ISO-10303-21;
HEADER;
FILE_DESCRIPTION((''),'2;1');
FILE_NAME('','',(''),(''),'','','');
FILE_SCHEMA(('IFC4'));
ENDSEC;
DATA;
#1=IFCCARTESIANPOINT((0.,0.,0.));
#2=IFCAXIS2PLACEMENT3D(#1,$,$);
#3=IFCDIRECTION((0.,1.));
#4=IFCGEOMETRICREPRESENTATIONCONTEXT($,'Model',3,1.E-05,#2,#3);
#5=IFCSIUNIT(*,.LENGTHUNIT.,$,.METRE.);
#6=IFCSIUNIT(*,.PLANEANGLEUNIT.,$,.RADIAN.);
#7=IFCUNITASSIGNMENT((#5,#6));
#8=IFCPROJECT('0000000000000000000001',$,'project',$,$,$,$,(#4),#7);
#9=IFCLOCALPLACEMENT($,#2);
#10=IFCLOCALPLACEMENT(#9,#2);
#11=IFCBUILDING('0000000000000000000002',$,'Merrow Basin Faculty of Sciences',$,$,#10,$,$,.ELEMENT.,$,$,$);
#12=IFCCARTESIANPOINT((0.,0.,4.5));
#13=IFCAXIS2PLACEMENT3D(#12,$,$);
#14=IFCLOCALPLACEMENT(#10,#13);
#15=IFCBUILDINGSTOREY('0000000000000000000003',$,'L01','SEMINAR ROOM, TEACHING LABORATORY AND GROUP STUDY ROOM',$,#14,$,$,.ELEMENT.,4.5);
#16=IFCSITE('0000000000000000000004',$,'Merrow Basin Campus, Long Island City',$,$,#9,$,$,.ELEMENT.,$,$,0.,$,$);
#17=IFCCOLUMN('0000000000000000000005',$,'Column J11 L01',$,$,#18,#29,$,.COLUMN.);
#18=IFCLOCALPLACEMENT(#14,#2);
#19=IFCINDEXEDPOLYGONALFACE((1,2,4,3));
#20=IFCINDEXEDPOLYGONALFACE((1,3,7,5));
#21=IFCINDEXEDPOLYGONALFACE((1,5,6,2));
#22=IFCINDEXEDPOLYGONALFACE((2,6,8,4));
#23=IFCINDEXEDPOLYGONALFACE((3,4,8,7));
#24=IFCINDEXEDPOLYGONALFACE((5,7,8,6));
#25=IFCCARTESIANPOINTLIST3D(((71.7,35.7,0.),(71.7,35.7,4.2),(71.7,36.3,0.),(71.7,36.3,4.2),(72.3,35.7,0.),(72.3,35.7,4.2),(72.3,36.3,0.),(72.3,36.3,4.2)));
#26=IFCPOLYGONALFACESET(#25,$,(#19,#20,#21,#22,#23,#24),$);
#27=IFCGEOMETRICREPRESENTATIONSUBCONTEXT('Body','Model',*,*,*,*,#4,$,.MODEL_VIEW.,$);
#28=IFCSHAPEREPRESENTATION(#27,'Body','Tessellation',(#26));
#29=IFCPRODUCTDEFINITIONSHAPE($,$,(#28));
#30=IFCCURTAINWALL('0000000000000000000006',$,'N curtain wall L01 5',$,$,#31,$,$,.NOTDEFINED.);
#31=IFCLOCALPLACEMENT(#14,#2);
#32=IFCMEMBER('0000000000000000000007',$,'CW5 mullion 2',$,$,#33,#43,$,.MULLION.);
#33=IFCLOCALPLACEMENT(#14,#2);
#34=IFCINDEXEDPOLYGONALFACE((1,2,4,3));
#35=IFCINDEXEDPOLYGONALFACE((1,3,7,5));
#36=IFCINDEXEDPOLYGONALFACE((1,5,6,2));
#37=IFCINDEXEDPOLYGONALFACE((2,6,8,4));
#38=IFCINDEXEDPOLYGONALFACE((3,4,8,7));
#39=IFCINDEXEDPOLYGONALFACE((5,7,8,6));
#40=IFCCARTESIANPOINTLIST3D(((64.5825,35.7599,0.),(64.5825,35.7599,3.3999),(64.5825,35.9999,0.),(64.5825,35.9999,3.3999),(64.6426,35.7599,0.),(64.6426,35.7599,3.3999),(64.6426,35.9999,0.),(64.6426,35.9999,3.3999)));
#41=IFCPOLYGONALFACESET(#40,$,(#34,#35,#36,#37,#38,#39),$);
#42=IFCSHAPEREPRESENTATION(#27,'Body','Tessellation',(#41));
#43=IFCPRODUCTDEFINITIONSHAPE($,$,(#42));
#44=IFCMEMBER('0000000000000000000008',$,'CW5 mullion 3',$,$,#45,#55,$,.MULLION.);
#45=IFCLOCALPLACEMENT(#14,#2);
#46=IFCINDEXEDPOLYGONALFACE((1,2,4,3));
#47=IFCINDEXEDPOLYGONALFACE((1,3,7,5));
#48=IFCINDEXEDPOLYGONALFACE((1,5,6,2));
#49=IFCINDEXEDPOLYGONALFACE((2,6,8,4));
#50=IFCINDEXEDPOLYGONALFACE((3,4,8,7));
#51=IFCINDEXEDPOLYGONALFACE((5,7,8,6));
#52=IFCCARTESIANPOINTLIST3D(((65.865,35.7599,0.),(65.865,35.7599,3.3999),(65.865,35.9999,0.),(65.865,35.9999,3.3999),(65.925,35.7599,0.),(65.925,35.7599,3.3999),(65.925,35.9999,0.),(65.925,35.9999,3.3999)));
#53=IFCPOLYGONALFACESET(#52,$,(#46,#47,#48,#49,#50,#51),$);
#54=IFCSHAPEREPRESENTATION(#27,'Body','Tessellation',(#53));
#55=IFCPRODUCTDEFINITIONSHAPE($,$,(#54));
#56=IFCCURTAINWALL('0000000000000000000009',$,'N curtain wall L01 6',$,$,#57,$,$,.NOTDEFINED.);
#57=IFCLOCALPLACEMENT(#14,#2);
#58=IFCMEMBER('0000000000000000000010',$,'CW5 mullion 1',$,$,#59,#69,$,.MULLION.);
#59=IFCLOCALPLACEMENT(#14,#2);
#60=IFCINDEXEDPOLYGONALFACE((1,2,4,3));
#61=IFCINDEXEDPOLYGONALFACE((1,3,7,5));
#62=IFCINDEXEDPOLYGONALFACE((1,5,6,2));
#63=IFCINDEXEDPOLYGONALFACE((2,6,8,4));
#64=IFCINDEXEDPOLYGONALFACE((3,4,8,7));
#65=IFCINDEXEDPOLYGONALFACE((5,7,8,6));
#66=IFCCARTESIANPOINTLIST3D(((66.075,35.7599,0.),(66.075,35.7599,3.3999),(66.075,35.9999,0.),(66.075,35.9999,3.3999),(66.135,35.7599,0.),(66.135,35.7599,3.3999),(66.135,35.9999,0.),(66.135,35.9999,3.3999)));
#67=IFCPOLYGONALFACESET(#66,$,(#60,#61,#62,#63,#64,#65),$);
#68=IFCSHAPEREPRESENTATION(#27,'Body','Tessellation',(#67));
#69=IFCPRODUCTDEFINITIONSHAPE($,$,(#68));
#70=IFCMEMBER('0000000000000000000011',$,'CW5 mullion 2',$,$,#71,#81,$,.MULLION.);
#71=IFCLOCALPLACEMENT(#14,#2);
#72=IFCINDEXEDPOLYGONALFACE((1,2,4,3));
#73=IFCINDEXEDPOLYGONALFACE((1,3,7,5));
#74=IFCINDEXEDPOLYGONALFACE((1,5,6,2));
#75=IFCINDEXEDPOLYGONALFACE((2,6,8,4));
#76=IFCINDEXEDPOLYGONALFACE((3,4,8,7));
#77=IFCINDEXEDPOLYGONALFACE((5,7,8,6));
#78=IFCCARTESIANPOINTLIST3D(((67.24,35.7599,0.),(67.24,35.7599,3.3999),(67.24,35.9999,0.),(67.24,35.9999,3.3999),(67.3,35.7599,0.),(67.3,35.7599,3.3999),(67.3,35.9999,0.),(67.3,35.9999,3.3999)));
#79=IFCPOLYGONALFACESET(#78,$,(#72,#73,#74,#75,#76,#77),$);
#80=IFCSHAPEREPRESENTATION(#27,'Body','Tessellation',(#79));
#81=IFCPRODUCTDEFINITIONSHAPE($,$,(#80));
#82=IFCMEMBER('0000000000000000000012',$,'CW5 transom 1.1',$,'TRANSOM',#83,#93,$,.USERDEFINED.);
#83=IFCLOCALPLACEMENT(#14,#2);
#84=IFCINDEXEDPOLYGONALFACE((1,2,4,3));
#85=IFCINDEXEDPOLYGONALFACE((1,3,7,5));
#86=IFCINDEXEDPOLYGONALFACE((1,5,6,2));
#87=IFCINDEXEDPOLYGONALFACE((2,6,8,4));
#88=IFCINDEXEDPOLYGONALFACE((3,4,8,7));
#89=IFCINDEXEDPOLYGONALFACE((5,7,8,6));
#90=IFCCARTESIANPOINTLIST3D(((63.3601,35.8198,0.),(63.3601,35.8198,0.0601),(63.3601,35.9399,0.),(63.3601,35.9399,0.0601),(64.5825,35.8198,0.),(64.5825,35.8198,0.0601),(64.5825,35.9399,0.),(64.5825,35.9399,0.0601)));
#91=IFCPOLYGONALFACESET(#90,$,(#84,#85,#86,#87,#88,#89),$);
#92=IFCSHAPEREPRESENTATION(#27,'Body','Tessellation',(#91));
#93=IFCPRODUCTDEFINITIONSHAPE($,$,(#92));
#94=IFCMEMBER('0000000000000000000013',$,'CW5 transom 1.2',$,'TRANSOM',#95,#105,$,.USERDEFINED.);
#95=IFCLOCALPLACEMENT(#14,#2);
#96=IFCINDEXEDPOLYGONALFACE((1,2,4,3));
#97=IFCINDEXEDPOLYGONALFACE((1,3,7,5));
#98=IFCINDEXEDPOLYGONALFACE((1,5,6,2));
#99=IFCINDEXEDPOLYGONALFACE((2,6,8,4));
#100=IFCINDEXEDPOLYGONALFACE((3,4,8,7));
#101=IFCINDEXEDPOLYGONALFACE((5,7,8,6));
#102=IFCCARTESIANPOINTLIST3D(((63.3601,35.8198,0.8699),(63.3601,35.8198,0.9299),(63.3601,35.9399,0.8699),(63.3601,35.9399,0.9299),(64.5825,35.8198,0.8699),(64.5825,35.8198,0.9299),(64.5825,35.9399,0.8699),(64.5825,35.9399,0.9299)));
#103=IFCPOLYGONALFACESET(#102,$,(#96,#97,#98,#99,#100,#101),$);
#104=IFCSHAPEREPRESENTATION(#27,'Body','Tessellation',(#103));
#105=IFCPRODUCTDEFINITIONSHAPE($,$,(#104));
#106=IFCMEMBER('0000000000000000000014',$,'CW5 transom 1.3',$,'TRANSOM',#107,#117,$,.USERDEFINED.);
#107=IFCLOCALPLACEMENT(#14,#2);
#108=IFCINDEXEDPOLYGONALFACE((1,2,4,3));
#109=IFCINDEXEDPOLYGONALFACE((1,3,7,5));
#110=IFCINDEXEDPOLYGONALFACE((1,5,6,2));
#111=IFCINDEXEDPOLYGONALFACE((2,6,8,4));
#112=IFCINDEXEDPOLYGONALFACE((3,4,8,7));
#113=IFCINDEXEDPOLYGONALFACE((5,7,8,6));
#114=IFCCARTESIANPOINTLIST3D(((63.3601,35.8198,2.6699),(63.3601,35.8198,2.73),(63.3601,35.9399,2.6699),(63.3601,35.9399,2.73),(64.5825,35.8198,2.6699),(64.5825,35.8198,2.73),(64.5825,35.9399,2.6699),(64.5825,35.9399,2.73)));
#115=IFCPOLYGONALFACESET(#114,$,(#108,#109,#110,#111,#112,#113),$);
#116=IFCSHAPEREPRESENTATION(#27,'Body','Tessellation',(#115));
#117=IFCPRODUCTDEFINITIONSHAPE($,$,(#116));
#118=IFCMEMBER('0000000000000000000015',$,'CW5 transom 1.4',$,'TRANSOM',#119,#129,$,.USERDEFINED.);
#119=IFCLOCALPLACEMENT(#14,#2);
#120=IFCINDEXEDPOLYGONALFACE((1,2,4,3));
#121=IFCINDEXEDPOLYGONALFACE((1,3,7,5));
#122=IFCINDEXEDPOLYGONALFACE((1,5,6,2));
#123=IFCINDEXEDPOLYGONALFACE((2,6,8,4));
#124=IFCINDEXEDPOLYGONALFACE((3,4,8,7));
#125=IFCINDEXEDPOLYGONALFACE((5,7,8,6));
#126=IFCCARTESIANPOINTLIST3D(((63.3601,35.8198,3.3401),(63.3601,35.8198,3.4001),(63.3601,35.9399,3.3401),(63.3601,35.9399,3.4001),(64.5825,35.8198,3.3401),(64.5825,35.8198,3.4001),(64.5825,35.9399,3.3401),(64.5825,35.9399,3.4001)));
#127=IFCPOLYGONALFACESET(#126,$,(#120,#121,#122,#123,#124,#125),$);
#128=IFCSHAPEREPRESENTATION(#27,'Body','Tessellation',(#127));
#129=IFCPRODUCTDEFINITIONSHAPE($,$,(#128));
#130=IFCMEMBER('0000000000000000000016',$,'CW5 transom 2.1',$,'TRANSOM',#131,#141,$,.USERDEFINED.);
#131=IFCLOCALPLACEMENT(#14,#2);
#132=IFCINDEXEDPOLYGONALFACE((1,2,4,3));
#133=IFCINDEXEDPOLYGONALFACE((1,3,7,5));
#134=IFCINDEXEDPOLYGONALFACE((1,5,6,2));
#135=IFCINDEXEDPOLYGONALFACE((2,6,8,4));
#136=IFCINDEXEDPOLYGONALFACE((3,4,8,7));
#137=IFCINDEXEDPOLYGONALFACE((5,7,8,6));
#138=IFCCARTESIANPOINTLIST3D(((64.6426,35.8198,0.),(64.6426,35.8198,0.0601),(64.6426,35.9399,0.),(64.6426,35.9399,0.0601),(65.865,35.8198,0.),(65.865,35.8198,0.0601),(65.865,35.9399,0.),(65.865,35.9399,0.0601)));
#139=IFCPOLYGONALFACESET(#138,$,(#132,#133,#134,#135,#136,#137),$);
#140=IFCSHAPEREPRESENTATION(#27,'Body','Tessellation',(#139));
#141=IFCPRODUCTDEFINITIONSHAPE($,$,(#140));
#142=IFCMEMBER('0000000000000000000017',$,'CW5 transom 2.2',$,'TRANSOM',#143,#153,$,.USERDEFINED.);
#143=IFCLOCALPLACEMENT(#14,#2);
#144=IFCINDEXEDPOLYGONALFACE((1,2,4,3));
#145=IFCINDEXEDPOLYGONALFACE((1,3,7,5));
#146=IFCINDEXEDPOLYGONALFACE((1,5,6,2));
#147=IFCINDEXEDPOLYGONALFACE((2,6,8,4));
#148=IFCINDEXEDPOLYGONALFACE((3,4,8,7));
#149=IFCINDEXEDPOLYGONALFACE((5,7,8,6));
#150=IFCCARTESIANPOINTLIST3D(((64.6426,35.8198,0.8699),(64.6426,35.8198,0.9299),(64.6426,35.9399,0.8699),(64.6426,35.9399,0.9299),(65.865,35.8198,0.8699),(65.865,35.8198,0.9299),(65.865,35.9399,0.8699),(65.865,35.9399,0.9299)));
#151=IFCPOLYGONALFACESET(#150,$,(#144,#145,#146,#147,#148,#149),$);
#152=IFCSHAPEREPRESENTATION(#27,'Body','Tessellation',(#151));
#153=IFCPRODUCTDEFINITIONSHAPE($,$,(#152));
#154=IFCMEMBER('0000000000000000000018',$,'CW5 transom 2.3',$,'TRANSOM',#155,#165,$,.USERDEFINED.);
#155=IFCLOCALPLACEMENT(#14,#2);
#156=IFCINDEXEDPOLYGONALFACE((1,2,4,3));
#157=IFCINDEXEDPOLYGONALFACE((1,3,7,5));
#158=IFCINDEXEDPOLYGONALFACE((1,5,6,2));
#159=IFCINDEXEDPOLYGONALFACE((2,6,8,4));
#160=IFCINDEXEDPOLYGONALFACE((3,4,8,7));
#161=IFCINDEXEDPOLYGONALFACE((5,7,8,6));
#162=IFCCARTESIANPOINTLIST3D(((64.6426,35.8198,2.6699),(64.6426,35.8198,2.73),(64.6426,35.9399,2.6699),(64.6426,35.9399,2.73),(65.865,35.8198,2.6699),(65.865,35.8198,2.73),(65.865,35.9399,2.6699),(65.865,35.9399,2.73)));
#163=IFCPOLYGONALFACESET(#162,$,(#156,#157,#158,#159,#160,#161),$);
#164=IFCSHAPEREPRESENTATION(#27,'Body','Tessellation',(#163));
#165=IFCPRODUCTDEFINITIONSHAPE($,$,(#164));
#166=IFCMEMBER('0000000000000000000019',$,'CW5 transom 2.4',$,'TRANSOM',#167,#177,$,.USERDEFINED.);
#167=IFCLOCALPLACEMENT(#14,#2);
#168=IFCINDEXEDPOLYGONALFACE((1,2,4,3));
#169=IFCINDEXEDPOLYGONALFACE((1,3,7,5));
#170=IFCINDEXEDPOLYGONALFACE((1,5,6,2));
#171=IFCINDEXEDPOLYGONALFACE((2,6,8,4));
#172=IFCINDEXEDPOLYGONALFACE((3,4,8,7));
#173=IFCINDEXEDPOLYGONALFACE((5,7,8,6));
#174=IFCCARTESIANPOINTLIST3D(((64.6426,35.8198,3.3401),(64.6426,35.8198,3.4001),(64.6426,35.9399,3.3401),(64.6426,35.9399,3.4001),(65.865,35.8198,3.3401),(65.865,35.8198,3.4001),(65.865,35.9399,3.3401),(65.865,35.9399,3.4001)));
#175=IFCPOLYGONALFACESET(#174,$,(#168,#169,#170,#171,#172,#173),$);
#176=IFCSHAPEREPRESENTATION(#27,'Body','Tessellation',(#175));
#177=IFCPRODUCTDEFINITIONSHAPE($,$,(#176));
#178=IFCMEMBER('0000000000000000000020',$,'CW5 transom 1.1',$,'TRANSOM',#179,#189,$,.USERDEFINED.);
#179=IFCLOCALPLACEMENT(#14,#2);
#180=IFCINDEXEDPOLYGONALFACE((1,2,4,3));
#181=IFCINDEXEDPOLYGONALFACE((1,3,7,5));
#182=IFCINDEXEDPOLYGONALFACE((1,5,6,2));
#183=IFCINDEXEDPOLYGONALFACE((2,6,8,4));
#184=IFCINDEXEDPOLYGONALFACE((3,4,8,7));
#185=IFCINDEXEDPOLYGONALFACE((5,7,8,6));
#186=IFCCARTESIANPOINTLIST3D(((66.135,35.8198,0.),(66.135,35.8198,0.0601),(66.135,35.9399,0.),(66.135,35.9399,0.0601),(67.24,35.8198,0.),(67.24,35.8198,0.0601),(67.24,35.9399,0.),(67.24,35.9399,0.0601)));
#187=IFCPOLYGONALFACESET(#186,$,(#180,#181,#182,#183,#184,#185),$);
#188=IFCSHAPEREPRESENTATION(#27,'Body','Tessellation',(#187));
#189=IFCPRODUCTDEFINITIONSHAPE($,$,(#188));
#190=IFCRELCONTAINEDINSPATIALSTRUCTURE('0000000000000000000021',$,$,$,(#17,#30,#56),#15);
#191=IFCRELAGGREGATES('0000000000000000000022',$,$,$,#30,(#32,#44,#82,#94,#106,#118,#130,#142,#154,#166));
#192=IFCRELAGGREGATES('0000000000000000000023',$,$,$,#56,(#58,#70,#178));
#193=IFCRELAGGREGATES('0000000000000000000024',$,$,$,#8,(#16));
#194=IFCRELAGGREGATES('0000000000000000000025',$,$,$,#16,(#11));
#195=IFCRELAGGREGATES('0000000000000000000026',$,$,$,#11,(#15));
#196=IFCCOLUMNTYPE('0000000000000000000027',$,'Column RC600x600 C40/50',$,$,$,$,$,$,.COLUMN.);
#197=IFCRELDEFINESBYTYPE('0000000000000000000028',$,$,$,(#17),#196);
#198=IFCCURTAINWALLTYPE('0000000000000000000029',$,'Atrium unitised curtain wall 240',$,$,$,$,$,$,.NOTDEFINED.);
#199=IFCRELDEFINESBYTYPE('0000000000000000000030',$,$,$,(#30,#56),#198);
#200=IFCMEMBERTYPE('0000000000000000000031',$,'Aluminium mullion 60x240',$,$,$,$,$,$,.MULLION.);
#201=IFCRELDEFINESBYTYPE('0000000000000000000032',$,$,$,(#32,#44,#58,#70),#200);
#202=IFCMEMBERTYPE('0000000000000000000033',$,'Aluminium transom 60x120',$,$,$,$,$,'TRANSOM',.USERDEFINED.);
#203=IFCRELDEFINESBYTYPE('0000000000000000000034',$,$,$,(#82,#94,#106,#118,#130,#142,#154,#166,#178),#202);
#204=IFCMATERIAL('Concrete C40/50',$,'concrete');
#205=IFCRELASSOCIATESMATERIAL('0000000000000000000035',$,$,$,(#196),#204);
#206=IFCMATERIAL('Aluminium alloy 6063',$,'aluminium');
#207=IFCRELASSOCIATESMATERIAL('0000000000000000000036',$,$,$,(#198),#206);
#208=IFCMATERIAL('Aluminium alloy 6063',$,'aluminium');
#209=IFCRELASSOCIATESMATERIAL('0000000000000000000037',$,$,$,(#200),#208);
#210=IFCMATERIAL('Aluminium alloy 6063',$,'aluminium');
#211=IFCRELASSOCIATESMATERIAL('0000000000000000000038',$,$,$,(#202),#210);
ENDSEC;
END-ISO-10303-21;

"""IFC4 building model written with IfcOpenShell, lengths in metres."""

from ifc_helpers import new_model, si_unit, direction, frame, origin, origin_2d, place, context, subcontext, project, spatial, rectangle, extrude, material, material_profile, profile_set, type_object, element, aggregate, save


model = new_model("IFC4")

# Units and contexts
model_context = context("Model", 3, precision=1e-05, world=origin(), true_north=direction((0.0, 1.0)))
body_context = subcontext(model_context, "Body", "Model", "MODEL_VIEW")
ifc_project = project(units=[si_unit("LENGTHUNIT", "METRE"), si_unit("PLANEANGLEUNIT", "RADIAN")], contexts=[model_context])

# Site, building, storey
site_placement = place(None, origin())
site = spatial("IfcSite", under=ifc_project, at=site_placement, Name="Merrow Basin Campus, Long Island City", CompositionType="ELEMENT", RefElevation=0.0)
building_placement = place(site_placement, origin())
building = spatial("IfcBuilding", under=site, at=building_placement, Name="Merrow Basin Faculty of Sciences", CompositionType="ELEMENT")
storey_placement = place(building_placement, frame((0.0, 0.0, 4.5)))
storey = spatial("IfcBuildingStorey", under=building, at=storey_placement, Name="L01", Description="SEMINAR ROOM, TEACHING LABORATORY AND GROUP STUDY ROOM", CompositionType="ELEMENT", Elevation=4.5)

# Column
ifc_material_1 = material(Name="Concrete C40/50", Category="concrete")
ifc_material_profile_1 = material_profile(ifc_material_1, rectangle(XDim=0.6001, YDim=0.6001, at=origin_2d()))
ifc_profile_set_1 = profile_set([ifc_material_profile_1], Name="Concrete C40/50")
column_type = type_object("IfcColumnType", Name="Column RC600x600 C40/50", PredefinedType="COLUMN", material=ifc_profile_set_1)
column_placement = place(storey_placement, frame((72.0, 36.0, 0.0), z_axis=(0.0, 0.0, 1.0), x_axis=(1.0, 0.0, 0.0)))
element("IfcColumn", 1, at=column_placement, inside=storey, type_object=column_type, Name="Column J11 L01", PredefinedType="COLUMN", context=body_context, shape_type="SweptSolid", body=[
    extrude(rectangle(XDim=0.6001, YDim=0.6001, at=origin_2d()), origin(), (0.0, 0.0, 1.0), 4.2),
])

# Curtain walls, members
ifc_material_2 = material(Name="Aluminium alloy 6063", Category="aluminium")
curtain_wall_type = type_object("IfcCurtainWallType", Name="Atrium unitised curtain wall 240", PredefinedType="NOTDEFINED", material=ifc_material_2)
curtain_wall_1_placement = place(storey_placement, origin())
curtain_wall_1 = element("IfcCurtainWall", 2, at=curtain_wall_1_placement, inside=storey, type_object=curtain_wall_type, Name="N curtain wall L01 5", PredefinedType="NOTDEFINED")
ifc_material_3 = material(Name="Aluminium alloy 6063", Category="aluminium")
ifc_material_profile_2 = material_profile(ifc_material_3, rectangle(XDim=0.24, YDim=0.0601, at=origin_2d()))
ifc_profile_set_2 = profile_set([ifc_material_profile_2], Name="Aluminium alloy 6063")
member_type_1 = type_object("IfcMemberType", Name="Aluminium mullion 60x240", PredefinedType="MULLION", material=ifc_profile_set_2)
member_1_placement = place(storey_placement, frame((64.6125, 35.8799, 0.0), z_axis=(0.0, 0.0, 1.0), x_axis=(0.0, 1.0, 0.0)))
member_1 = element("IfcMember", 3, at=member_1_placement, type_object=member_type_1, Name="CW5 mullion 2", PredefinedType="MULLION", context=body_context, shape_type="SweptSolid", body=[
    extrude(rectangle(XDim=0.24, YDim=0.0601, at=origin_2d()), origin(), (0.0, 0.0, 1.0), 3.3999),
])
member_2_placement = place(storey_placement, frame((65.895, 35.8799, 0.0), z_axis=(0.0, 0.0, 1.0), x_axis=(0.0, 1.0, 0.0)))
member_2 = element("IfcMember", 4, at=member_2_placement, type_object=member_type_1, Name="CW5 mullion 3", PredefinedType="MULLION", context=body_context, shape_type="SweptSolid", body=[
    extrude(rectangle(XDim=0.24, YDim=0.0601, at=origin_2d()), origin(), (0.0, 0.0, 1.0), 3.3999),
])
curtain_wall_2_placement = place(storey_placement, origin())
curtain_wall_2 = element("IfcCurtainWall", 5, at=curtain_wall_2_placement, inside=storey, type_object=curtain_wall_type, Name="N curtain wall L01 6", PredefinedType="NOTDEFINED")
member_3_placement = place(storey_placement, frame((66.105, 35.8799, 0.0), z_axis=(0.0, 0.0, 1.0), x_axis=(0.0, 1.0, 0.0)))
member_3 = element("IfcMember", 6, at=member_3_placement, type_object=member_type_1, Name="CW5 mullion 1", PredefinedType="MULLION", context=body_context, shape_type="SweptSolid", body=[
    extrude(rectangle(XDim=0.24, YDim=0.0601, at=origin_2d()), origin(), (0.0, 0.0, 1.0), 3.3999),
])
member_4_placement = place(storey_placement, frame((67.27, 35.8799, 0.0), z_axis=(0.0, 0.0, 1.0), x_axis=(0.0, 1.0, 0.0)))
member_4 = element("IfcMember", 7, at=member_4_placement, type_object=member_type_1, Name="CW5 mullion 2", PredefinedType="MULLION", context=body_context, shape_type="SweptSolid", body=[
    extrude(rectangle(XDim=0.24, YDim=0.0601, at=origin_2d()), origin(), (0.0, 0.0, 1.0), 3.3999),
])

# Members
ifc_material_4 = material(Name="Aluminium alloy 6063", Category="aluminium")
ifc_material_profile_3 = material_profile(ifc_material_4, rectangle(XDim=0.1201, YDim=0.0601, at=origin_2d()))
ifc_profile_set_3 = profile_set([ifc_material_profile_3], Name="Aluminium alloy 6063")
member_type_2 = type_object("IfcMemberType", Name="Aluminium transom 60x120", ElementType="TRANSOM", PredefinedType="USERDEFINED", material=ifc_profile_set_3)
member_5_placement = place(storey_placement, frame((63.3601, 35.8799, 0.03), z_axis=(1.0, 0.0, 0.0), x_axis=(0.0, 1.0, 0.0)))
member_5 = element("IfcMember", 8, at=member_5_placement, type_object=member_type_2, Name="CW5 transom 1.1", ObjectType="TRANSOM", PredefinedType="USERDEFINED", context=body_context, shape_type="SweptSolid", body=[
    extrude(rectangle(XDim=0.1201, YDim=0.0601, at=origin_2d()), origin(), (0.0, 0.0, 1.0), 1.2224),
])
member_6_placement = place(storey_placement, frame((63.3601, 35.8799, 0.8999), z_axis=(1.0, 0.0, 0.0), x_axis=(0.0, 1.0, 0.0)))
member_6 = element("IfcMember", 9, at=member_6_placement, type_object=member_type_2, Name="CW5 transom 1.2", ObjectType="TRANSOM", PredefinedType="USERDEFINED", context=body_context, shape_type="SweptSolid", body=[
    extrude(rectangle(XDim=0.1201, YDim=0.0601, at=origin_2d()), origin(), (0.0, 0.0, 1.0), 1.2224),
])
member_7_placement = place(storey_placement, frame((63.3601, 35.8799, 2.7), z_axis=(1.0, 0.0, 0.0), x_axis=(0.0, 1.0, 0.0)))
member_7 = element("IfcMember", 10, at=member_7_placement, type_object=member_type_2, Name="CW5 transom 1.3", ObjectType="TRANSOM", PredefinedType="USERDEFINED", context=body_context, shape_type="SweptSolid", body=[
    extrude(rectangle(XDim=0.1201, YDim=0.0601, at=origin_2d()), origin(), (0.0, 0.0, 1.0), 1.2224),
])
member_8_placement = place(storey_placement, frame((63.3601, 35.8799, 3.3701), z_axis=(1.0, 0.0, 0.0), x_axis=(0.0, 1.0, 0.0)))
member_8 = element("IfcMember", 11, at=member_8_placement, type_object=member_type_2, Name="CW5 transom 1.4", ObjectType="TRANSOM", PredefinedType="USERDEFINED", context=body_context, shape_type="SweptSolid", body=[
    extrude(rectangle(XDim=0.1201, YDim=0.0601, at=origin_2d()), origin(), (0.0, 0.0, 1.0), 1.2224),
])
member_9_placement = place(storey_placement, frame((64.6426, 35.8799, 0.03), z_axis=(1.0, 0.0, 0.0), x_axis=(0.0, 1.0, 0.0)))
member_9 = element("IfcMember", 12, at=member_9_placement, type_object=member_type_2, Name="CW5 transom 2.1", ObjectType="TRANSOM", PredefinedType="USERDEFINED", context=body_context, shape_type="SweptSolid", body=[
    extrude(rectangle(XDim=0.1201, YDim=0.0601, at=origin_2d()), origin(), (0.0, 0.0, 1.0), 1.2224),
])
member_10_placement = place(storey_placement, frame((64.6426, 35.8799, 0.8999), z_axis=(1.0, 0.0, 0.0), x_axis=(0.0, 1.0, 0.0)))
member_10 = element("IfcMember", 13, at=member_10_placement, type_object=member_type_2, Name="CW5 transom 2.2", ObjectType="TRANSOM", PredefinedType="USERDEFINED", context=body_context, shape_type="SweptSolid", body=[
    extrude(rectangle(XDim=0.1201, YDim=0.0601, at=origin_2d()), origin(), (0.0, 0.0, 1.0), 1.2224),
])
member_11_placement = place(storey_placement, frame((64.6426, 35.8799, 2.7), z_axis=(1.0, 0.0, 0.0), x_axis=(0.0, 1.0, 0.0)))
member_11 = element("IfcMember", 14, at=member_11_placement, type_object=member_type_2, Name="CW5 transom 2.3", ObjectType="TRANSOM", PredefinedType="USERDEFINED", context=body_context, shape_type="SweptSolid", body=[
    extrude(rectangle(XDim=0.1201, YDim=0.0601, at=origin_2d()), origin(), (0.0, 0.0, 1.0), 1.2224),
])
member_12_placement = place(storey_placement, frame((64.6426, 35.8799, 3.3701), z_axis=(1.0, 0.0, 0.0), x_axis=(0.0, 1.0, 0.0)))
member_12 = element("IfcMember", 15, at=member_12_placement, type_object=member_type_2, Name="CW5 transom 2.4", ObjectType="TRANSOM", PredefinedType="USERDEFINED", context=body_context, shape_type="SweptSolid", body=[
    extrude(rectangle(XDim=0.1201, YDim=0.0601, at=origin_2d()), origin(), (0.0, 0.0, 1.0), 1.2224),
])
member_13_placement = place(storey_placement, frame((66.135, 35.8799, 0.03), z_axis=(1.0, 0.0, 0.0), x_axis=(0.0, 1.0, 0.0)))
member_13 = element("IfcMember", 16, at=member_13_placement, type_object=member_type_2, Name="CW5 transom 1.1", ObjectType="TRANSOM", PredefinedType="USERDEFINED", context=body_context, shape_type="SweptSolid", body=[
    extrude(rectangle(XDim=0.1201, YDim=0.0601, at=origin_2d()), origin(), (0.0, 0.0, 1.0), 1.105),
])

aggregate(curtain_wall_1, [member_1, member_2, member_5, member_6, member_7, member_8, member_9, member_10, member_11, member_12])
aggregate(curtain_wall_2, [member_3, member_4, member_13])

save(model, "model.ifc")
